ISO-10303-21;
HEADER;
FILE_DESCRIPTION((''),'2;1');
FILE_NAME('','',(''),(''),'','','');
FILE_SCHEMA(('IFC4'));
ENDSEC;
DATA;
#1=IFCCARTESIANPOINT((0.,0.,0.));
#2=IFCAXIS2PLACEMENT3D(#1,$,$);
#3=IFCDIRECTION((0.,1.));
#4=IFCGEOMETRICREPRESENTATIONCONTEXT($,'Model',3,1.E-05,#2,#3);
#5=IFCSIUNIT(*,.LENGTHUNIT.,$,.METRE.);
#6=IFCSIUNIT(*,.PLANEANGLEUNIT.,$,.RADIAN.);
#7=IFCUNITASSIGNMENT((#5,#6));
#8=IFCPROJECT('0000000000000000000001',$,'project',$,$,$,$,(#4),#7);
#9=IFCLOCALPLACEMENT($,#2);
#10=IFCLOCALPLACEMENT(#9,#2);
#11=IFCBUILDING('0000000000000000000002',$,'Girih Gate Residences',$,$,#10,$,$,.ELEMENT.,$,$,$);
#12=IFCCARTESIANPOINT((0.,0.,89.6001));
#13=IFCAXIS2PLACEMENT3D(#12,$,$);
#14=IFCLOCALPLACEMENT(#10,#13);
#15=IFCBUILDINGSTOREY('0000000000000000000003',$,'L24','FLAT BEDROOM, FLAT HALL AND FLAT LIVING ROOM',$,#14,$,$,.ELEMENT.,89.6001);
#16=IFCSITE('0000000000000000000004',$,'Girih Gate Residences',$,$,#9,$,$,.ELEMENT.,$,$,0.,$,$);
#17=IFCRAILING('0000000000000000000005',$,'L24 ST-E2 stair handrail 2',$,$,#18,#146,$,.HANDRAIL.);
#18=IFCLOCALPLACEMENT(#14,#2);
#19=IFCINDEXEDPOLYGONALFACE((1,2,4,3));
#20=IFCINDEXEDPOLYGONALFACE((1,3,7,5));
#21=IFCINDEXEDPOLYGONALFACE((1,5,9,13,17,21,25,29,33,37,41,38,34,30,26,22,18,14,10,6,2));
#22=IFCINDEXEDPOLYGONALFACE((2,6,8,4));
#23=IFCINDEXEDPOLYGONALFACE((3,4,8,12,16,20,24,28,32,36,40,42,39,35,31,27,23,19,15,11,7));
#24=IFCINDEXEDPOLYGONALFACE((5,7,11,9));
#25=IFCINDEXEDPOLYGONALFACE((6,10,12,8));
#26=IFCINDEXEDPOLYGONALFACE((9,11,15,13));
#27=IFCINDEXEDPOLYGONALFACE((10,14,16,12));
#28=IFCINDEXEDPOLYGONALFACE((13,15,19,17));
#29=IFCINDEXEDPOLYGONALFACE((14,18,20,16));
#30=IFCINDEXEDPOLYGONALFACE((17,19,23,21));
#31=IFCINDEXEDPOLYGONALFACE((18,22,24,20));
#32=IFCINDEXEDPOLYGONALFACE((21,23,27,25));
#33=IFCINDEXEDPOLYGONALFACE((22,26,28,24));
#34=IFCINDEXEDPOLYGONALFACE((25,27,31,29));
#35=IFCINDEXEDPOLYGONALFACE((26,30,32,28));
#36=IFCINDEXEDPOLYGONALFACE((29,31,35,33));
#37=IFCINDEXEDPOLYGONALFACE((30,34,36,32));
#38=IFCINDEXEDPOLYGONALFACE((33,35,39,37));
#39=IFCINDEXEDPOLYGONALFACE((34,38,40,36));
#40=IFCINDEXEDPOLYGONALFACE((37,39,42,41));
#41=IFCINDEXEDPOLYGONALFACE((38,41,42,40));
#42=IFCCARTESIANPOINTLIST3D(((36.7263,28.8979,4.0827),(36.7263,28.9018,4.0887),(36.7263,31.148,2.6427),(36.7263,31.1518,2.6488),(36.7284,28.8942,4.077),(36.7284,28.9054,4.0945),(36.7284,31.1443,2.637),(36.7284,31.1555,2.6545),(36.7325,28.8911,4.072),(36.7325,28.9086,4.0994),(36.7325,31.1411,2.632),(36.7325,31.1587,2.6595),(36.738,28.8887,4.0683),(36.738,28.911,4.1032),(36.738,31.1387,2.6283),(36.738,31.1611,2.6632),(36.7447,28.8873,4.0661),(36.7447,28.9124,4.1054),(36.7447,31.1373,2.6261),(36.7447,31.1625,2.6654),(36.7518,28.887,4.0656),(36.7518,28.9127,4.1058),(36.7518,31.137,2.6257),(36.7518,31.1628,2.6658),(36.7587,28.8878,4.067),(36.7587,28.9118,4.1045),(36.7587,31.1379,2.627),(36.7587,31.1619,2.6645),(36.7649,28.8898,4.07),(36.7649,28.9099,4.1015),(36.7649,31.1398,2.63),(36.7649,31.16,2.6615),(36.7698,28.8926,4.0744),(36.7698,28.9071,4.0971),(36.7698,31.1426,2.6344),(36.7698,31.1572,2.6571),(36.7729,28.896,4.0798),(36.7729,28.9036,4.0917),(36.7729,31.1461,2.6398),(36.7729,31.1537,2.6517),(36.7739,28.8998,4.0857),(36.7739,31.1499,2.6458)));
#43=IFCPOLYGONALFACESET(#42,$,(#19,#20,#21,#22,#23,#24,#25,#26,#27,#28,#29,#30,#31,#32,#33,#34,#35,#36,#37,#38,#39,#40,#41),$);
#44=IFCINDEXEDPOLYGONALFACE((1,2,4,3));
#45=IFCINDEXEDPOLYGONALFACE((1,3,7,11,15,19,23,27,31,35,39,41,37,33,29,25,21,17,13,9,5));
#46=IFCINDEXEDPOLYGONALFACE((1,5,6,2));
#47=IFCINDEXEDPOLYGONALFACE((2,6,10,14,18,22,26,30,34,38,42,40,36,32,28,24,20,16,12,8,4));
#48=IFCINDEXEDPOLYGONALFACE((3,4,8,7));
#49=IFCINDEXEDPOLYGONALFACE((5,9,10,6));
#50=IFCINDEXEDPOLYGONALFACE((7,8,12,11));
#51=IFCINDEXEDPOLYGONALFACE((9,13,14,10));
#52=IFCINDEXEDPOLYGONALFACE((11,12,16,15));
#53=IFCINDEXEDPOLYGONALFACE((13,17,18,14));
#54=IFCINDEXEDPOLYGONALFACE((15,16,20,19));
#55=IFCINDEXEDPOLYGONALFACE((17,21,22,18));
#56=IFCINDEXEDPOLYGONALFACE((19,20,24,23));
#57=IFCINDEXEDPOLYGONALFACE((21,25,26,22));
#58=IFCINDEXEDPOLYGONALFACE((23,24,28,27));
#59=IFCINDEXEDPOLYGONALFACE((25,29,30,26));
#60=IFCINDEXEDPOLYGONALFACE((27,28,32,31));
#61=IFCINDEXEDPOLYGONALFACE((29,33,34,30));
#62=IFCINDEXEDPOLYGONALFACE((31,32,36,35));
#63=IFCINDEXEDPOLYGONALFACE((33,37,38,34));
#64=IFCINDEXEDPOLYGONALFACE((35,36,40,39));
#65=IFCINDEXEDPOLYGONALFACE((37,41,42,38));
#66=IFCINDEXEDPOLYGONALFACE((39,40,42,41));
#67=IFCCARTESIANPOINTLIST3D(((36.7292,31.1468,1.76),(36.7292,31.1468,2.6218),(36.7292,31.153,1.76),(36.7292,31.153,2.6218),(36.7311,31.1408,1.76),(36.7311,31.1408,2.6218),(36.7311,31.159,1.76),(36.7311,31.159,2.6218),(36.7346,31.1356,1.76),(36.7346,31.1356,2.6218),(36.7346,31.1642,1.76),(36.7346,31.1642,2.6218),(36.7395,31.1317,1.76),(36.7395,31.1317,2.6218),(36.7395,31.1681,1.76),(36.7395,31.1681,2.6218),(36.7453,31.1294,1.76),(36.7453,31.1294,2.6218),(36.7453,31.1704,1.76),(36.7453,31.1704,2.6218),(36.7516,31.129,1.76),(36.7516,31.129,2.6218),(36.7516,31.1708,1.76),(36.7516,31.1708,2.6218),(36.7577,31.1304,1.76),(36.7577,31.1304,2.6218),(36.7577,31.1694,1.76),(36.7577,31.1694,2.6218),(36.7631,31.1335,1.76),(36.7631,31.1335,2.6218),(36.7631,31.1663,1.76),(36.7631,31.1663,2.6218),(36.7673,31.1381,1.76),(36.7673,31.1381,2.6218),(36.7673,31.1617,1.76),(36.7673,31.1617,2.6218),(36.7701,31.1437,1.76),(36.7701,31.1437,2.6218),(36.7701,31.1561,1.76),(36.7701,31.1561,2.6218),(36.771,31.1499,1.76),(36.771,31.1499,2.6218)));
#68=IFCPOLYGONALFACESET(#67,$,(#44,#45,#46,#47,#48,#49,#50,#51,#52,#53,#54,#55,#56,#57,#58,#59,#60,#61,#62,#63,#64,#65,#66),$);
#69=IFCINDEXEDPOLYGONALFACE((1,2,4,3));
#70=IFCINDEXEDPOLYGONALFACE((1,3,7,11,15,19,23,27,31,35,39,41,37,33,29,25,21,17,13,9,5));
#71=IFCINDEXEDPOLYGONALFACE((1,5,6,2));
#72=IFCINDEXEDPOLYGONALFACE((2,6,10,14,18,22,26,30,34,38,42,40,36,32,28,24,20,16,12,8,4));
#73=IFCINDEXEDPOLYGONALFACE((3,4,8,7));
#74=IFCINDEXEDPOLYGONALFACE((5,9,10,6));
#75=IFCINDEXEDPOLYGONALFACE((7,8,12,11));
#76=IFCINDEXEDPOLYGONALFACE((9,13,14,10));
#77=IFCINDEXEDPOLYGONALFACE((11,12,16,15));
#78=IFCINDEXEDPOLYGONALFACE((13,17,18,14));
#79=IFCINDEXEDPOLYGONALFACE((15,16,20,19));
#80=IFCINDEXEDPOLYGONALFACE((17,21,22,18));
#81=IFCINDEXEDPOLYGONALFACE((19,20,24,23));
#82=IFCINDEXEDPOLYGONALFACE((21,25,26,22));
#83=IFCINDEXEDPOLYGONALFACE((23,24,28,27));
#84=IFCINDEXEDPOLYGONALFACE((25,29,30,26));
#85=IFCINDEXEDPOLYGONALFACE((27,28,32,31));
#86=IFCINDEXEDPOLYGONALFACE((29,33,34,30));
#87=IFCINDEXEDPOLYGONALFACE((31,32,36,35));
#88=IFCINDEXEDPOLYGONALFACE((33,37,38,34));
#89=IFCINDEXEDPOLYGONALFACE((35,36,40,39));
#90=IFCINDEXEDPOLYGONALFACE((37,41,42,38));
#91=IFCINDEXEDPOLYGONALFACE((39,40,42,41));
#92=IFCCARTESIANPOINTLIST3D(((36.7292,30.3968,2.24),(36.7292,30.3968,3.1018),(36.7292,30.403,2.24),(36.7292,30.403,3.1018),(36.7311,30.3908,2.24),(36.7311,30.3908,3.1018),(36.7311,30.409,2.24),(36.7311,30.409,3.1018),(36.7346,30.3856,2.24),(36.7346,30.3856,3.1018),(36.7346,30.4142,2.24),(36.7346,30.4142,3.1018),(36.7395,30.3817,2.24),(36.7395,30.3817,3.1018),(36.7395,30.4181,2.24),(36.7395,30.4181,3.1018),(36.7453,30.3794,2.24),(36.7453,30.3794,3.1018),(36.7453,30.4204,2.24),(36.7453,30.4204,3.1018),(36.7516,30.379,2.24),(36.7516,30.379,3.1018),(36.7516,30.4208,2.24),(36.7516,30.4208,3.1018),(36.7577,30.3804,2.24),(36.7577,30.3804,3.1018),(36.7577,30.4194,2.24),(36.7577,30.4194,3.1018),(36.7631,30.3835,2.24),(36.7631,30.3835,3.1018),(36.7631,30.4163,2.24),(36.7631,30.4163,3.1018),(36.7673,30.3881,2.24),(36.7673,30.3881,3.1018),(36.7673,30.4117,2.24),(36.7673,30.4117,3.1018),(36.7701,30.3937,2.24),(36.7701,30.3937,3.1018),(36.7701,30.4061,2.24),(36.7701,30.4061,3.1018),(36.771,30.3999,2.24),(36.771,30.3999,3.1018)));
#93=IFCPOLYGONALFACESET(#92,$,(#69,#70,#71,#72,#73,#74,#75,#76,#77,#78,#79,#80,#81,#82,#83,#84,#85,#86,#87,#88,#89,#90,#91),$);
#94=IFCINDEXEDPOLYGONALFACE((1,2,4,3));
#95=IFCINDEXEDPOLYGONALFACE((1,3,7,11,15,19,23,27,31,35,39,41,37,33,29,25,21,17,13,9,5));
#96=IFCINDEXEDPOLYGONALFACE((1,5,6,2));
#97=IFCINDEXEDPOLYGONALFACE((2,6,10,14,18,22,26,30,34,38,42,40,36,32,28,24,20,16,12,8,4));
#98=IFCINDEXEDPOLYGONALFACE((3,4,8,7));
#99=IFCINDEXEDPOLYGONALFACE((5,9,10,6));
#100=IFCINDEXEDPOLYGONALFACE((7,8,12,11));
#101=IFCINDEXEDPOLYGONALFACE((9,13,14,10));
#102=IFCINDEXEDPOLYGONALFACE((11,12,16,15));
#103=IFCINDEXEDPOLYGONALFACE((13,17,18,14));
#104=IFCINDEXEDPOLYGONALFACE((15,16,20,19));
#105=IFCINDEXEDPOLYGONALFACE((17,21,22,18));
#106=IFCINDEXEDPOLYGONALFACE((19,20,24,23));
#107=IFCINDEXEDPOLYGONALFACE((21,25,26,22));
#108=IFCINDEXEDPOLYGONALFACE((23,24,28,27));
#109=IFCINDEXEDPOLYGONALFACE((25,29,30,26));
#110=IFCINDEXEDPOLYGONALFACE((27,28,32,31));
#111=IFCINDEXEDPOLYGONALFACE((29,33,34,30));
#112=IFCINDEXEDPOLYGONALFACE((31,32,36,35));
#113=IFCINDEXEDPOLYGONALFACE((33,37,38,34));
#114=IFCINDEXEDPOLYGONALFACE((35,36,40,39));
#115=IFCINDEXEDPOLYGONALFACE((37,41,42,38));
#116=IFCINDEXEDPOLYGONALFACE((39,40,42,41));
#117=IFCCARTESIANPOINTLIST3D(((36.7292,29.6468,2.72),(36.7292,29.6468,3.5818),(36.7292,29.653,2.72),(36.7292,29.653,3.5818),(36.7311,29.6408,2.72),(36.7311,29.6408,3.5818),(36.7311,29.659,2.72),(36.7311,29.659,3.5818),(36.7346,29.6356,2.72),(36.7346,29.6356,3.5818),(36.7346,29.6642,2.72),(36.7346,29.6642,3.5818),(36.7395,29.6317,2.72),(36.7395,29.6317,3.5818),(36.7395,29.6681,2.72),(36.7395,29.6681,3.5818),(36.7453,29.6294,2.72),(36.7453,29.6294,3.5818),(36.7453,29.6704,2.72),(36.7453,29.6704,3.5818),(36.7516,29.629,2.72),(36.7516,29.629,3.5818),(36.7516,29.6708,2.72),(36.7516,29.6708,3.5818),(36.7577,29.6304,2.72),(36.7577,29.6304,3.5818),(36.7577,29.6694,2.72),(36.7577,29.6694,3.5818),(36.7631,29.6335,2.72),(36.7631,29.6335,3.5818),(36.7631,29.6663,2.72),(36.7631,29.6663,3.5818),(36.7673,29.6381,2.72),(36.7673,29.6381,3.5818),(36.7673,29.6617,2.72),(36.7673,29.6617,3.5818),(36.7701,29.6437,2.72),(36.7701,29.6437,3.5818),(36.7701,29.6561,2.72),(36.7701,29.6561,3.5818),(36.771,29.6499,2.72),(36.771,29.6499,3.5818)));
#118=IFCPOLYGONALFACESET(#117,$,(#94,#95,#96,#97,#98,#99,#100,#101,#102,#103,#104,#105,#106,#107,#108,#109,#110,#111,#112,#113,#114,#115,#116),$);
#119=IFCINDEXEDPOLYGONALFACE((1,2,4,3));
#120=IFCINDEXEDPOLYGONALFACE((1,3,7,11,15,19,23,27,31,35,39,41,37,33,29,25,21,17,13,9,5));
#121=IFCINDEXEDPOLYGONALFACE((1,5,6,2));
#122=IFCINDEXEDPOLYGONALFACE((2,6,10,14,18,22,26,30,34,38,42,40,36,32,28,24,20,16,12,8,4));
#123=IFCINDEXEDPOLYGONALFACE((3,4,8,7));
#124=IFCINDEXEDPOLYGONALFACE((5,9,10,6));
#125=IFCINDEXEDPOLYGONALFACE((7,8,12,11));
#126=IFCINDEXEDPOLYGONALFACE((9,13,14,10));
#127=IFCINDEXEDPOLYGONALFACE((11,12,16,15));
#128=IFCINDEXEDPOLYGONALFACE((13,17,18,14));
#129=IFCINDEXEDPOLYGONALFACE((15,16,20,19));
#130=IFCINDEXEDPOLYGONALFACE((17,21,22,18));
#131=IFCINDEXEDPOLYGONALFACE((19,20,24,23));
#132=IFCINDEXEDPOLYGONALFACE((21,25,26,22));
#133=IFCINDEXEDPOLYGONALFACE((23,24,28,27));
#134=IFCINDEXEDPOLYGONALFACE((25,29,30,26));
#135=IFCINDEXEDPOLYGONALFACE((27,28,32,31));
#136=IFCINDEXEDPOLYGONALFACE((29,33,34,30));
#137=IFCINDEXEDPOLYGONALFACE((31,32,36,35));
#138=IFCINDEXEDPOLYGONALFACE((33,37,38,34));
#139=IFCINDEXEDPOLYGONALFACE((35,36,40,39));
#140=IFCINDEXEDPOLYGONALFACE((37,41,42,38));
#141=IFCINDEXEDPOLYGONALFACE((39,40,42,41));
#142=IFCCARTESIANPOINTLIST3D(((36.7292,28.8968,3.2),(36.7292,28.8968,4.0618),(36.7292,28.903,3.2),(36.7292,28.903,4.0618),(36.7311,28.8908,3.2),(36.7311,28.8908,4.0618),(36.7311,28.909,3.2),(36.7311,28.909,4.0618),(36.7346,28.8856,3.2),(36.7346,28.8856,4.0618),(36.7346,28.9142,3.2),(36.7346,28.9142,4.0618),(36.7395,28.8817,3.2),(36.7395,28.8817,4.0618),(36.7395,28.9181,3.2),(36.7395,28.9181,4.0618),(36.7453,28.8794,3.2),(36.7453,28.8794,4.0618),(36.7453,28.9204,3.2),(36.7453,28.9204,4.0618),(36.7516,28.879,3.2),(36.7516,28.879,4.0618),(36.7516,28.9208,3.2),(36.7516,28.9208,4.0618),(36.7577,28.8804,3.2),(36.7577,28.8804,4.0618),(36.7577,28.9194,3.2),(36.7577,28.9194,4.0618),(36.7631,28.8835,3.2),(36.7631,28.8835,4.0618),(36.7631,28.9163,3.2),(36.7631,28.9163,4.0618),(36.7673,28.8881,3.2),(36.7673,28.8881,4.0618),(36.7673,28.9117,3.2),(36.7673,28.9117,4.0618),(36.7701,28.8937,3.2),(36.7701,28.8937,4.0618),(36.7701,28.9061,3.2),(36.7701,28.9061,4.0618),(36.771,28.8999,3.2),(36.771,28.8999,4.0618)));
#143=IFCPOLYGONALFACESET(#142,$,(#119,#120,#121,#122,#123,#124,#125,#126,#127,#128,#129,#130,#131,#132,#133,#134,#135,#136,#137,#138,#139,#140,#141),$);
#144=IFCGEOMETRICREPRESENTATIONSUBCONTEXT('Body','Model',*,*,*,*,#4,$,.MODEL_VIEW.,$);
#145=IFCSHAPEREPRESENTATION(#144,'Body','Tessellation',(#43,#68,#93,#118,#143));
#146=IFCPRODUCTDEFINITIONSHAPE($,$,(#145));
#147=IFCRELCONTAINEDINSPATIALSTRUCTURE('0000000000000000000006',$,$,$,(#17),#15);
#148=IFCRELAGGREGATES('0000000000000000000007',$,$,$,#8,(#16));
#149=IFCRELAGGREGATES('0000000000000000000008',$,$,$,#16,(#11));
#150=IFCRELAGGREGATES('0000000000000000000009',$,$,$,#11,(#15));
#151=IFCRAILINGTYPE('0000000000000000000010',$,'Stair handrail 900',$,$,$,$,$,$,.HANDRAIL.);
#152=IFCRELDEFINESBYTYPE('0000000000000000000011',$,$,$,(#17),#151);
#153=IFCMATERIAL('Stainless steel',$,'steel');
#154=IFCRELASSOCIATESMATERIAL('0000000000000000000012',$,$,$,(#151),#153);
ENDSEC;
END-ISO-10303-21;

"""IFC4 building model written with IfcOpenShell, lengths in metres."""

from ifc_helpers import new_model, si_unit, direction, frame, origin, origin_2d, place, context, subcontext, project, spatial, circle, extrude, material, type_object, element, save


model = new_model("IFC4")

# Units and contexts
model_context = context("Model", 3, precision=1e-05, world=origin(), true_north=direction((0.0, 1.0)))
body_context = subcontext(model_context, "Body", "Model", "MODEL_VIEW")
ifc_project = project(units=[si_unit("LENGTHUNIT", "METRE"), si_unit("PLANEANGLEUNIT", "RADIAN")], contexts=[model_context])

# Site, building, storey
site_placement = place(None, origin())
site = spatial("IfcSite", under=ifc_project, at=site_placement, Name="Girih Gate Residences", CompositionType="ELEMENT", RefElevation=0.0)
building_placement = place(site_placement, origin())
building = spatial("IfcBuilding", under=site, at=building_placement, Name="Girih Gate Residences", CompositionType="ELEMENT")
storey_placement = place(building_placement, frame((0.0, 0.0, 89.6001)))
storey = spatial("IfcBuildingStorey", under=building, at=storey_placement, Name="L24", Description="FLAT BEDROOM, FLAT HALL AND FLAT LIVING ROOM", CompositionType="ELEMENT", Elevation=89.6001)

# Shared definitions
ifc_material_1 = material(Name="Stainless steel", Category="steel")

# Railing
railing_type_1 = type_object("IfcRailingType", Name="Stair handrail 900", PredefinedType="HANDRAIL", material=ifc_material_1)
railing_1_placement = place(storey_placement, frame((36.75, 31.1499, 1.76)))
element("IfcRailing", 1, at=railing_1_placement, inside=storey, type_object=railing_type_1, Name="L24 ST-E2 stair handrail 2", PredefinedType="HANDRAIL", context=body_context, shape_type="SweptSolid", body=[
    extrude(circle(Radius=0.0239, at=origin_2d()), frame((0.0, 0.0, 0.8857), z_axis=(0.0, -0.842281, 0.539038), x_axis=(1.0, 0.0, 0.0)), (0.0, 0.0, 1.0), 2.6714),
    extrude(circle(Radius=0.021, at=origin_2d()), origin(), (0.0, 0.0, 1.0), 0.8618),
    extrude(circle(Radius=0.021, at=origin_2d()), frame((0.0, -0.75, 0.48)), (0.0, 0.0, 1.0), 0.8618),
    extrude(circle(Radius=0.021, at=origin_2d()), frame((0.0, -1.5, 0.96)), (0.0, 0.0, 1.0), 0.8618),
    extrude(circle(Radius=0.021, at=origin_2d()), frame((0.0, -2.25, 1.4399)), (0.0, 0.0, 1.0), 0.8618),
])

save(model, "model.ifc")
